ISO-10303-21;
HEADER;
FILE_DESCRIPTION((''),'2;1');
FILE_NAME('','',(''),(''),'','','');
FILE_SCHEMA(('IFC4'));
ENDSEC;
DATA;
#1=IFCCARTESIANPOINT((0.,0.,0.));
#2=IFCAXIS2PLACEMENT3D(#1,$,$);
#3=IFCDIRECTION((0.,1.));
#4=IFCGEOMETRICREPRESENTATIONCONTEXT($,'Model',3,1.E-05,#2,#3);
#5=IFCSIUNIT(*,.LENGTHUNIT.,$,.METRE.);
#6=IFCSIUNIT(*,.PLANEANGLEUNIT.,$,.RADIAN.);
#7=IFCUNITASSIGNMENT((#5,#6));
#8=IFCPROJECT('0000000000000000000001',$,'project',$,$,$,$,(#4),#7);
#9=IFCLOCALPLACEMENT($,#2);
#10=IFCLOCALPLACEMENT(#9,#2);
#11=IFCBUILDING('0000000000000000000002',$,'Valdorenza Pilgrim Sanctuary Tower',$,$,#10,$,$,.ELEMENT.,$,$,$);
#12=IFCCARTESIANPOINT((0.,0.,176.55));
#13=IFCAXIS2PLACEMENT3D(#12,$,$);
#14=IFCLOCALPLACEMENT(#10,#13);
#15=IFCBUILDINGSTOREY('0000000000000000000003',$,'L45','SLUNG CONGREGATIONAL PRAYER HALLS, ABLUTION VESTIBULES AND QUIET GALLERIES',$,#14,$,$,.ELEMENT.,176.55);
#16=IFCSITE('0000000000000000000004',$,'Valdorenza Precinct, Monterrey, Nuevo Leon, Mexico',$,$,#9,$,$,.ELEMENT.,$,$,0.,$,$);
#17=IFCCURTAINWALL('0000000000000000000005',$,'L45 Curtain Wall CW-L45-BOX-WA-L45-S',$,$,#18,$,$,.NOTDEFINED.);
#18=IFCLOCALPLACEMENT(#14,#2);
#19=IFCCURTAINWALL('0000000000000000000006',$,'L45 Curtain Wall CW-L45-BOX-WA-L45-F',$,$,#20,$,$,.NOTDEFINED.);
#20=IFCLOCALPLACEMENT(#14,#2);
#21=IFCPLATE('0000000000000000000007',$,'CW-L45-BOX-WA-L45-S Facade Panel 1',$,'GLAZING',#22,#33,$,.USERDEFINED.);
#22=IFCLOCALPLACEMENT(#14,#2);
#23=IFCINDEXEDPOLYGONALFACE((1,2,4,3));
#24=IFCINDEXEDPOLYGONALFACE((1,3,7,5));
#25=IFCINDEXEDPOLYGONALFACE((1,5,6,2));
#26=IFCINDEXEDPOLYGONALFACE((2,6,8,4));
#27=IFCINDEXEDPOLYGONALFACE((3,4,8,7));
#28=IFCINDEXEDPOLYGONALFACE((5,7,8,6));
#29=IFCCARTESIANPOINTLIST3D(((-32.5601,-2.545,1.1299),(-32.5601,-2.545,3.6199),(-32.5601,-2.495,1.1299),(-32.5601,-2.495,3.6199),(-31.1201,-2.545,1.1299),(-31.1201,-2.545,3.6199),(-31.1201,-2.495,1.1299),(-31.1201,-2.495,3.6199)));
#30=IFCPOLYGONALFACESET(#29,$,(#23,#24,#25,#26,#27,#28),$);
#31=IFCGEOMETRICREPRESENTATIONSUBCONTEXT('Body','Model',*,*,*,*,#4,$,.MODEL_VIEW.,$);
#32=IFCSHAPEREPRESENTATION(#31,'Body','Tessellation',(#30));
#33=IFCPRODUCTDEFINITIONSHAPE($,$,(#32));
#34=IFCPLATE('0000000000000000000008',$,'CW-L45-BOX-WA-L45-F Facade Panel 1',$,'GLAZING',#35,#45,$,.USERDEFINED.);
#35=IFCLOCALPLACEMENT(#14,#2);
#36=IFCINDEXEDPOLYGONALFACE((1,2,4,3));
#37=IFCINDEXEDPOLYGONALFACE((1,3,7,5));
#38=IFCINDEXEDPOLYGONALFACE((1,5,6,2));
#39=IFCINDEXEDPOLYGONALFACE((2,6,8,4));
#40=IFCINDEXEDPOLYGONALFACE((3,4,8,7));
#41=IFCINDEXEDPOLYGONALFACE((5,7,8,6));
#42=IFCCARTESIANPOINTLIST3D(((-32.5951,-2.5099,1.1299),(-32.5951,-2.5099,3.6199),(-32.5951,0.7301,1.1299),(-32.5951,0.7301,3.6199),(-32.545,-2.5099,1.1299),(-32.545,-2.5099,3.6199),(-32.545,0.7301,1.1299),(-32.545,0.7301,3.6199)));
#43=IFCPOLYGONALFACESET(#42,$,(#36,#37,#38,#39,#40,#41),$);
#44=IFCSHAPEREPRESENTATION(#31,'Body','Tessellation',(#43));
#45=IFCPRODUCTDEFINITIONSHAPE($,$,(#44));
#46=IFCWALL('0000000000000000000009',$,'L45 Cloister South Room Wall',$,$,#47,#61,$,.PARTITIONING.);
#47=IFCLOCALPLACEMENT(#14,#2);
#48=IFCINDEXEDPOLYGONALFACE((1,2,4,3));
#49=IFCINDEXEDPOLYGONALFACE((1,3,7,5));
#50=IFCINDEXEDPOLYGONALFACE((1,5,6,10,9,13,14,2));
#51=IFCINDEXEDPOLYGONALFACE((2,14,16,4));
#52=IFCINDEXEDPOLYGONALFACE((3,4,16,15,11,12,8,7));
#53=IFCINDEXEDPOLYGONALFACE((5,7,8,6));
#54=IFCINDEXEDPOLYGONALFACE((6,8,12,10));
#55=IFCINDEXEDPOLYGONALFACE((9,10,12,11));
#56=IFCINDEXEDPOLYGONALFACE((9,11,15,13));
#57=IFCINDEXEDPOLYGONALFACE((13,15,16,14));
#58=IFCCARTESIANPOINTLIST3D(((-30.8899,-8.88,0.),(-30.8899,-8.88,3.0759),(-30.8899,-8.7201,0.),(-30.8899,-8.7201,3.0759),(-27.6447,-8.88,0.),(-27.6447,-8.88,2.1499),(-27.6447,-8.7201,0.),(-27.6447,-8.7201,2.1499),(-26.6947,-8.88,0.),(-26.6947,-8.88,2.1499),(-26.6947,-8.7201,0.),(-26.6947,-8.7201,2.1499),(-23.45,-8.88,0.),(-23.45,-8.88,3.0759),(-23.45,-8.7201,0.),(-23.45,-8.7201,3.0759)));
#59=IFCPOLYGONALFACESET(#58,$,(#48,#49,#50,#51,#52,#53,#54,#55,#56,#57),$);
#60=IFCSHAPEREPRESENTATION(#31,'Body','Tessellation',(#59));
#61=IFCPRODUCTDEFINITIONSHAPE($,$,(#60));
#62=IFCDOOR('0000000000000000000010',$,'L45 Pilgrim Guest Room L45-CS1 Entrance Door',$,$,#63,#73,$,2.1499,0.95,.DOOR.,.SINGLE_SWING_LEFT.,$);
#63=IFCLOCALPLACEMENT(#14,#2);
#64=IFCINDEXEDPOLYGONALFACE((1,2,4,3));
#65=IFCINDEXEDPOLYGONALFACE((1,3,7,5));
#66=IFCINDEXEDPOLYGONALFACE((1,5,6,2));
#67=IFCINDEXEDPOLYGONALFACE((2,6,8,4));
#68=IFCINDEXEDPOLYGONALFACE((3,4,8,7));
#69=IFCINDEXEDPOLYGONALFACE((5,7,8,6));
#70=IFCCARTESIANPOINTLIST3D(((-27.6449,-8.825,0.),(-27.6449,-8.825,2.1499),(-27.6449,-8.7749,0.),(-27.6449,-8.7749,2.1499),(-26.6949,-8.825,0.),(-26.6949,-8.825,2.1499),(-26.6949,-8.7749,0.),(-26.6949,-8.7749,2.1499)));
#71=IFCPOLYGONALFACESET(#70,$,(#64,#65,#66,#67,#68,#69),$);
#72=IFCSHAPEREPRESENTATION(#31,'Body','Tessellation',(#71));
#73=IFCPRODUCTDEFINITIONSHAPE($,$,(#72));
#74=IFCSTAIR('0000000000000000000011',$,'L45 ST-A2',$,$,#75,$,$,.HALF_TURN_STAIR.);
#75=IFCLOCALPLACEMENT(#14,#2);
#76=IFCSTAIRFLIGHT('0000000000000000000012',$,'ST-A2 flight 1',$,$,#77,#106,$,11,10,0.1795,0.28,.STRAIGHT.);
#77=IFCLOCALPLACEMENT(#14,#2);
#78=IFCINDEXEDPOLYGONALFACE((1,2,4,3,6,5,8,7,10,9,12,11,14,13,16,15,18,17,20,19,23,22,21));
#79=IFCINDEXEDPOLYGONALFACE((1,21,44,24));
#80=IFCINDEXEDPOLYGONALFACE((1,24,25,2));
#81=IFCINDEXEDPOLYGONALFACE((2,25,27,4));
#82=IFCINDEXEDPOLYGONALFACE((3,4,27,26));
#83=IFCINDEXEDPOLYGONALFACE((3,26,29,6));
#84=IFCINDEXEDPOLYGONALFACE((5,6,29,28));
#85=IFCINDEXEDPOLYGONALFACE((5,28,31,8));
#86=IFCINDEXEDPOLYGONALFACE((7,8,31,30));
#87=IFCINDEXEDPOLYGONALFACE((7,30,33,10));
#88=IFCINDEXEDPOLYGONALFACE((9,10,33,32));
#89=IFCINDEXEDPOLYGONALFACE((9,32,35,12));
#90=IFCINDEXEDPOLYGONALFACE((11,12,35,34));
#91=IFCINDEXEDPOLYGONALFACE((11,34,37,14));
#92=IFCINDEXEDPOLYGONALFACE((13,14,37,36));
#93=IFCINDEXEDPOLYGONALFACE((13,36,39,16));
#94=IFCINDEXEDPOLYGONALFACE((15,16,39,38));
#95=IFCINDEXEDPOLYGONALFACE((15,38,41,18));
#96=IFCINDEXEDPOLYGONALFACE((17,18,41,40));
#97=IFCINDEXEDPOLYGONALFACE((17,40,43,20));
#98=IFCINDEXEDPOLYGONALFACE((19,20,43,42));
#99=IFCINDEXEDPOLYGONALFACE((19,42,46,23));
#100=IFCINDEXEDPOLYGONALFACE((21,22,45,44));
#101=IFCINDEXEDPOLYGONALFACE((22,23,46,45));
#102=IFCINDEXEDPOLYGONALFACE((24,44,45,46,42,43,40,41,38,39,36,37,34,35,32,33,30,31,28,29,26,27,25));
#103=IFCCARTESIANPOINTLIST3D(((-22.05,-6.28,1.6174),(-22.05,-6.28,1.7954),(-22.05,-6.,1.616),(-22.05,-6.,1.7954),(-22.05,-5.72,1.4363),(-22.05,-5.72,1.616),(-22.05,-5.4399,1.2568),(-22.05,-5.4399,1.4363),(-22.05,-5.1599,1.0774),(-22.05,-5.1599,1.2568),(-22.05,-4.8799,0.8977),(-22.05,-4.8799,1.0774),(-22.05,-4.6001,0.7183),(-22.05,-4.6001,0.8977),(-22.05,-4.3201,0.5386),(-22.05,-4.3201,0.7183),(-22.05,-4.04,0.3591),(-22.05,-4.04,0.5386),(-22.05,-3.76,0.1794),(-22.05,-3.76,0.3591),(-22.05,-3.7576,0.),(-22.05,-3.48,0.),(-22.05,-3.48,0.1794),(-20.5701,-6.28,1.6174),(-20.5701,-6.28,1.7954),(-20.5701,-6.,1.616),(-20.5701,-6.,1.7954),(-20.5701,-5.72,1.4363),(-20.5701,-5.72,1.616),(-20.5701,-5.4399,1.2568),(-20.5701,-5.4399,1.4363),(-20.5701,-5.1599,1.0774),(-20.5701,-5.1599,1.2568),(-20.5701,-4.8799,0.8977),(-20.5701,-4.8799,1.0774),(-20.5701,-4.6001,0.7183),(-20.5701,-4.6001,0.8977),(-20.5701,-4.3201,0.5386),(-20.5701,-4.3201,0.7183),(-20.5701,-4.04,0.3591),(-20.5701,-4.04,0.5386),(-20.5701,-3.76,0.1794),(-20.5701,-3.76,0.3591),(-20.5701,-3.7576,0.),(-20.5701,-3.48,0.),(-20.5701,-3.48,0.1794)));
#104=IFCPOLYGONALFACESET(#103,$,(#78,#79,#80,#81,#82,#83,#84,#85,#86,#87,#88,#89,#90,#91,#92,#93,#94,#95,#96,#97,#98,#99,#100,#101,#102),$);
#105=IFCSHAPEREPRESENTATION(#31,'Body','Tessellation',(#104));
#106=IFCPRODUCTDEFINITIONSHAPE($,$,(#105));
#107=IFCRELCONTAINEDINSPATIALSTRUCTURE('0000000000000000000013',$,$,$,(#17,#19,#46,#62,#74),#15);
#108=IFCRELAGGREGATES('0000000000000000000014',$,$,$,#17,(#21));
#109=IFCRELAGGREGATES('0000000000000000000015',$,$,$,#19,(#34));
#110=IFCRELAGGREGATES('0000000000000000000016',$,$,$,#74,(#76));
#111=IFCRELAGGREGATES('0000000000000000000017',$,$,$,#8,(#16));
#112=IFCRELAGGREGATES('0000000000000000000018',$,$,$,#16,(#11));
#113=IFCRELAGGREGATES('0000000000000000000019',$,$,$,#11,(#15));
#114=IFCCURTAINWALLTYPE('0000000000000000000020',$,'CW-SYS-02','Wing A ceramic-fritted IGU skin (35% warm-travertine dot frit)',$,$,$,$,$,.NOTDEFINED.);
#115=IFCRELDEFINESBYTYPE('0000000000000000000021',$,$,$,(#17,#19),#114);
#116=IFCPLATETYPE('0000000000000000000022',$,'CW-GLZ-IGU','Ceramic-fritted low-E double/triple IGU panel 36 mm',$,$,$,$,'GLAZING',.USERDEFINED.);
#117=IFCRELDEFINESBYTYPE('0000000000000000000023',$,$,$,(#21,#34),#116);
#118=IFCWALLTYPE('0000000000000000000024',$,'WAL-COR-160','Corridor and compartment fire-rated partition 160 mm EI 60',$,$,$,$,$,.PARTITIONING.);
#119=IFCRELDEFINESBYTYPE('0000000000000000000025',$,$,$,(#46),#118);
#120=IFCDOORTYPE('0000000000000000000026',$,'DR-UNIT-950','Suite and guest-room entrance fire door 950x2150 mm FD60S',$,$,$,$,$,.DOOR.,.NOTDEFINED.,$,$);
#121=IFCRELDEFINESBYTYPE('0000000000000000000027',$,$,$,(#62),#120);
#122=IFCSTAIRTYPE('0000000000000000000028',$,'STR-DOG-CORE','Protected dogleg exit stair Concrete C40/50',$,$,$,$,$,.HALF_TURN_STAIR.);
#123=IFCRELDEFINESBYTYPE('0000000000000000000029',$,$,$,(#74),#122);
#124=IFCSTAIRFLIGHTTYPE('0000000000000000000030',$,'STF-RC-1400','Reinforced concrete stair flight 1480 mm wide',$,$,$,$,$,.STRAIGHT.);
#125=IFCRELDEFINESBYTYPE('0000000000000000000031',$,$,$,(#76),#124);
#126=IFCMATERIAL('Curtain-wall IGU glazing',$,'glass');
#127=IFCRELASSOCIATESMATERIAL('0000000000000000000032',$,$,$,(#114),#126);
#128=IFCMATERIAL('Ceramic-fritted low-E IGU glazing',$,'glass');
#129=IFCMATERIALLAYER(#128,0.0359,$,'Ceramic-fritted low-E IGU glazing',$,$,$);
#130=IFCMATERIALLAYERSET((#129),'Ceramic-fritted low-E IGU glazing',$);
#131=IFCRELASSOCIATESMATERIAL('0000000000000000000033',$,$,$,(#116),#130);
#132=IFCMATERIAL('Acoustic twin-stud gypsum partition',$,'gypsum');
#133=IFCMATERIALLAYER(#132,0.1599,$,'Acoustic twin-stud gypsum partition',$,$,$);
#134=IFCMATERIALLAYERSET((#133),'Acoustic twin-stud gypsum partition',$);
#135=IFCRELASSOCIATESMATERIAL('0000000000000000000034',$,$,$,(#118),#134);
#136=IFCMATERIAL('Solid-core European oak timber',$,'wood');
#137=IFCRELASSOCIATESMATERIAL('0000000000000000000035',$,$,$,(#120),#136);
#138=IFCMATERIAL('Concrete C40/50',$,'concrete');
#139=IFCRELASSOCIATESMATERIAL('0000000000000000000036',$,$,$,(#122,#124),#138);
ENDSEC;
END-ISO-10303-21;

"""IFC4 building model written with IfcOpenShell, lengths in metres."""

from ifc_helpers import new_model, si_unit, direction, frame, frame_2d, origin, origin_2d, place, context, subcontext, project, spatial, polyline, rectangle, outline, extrude, source, transform, mapped, material, layer, layer_set, type_object, element, fill, aggregate, save


model = new_model("IFC4")

# Units and contexts
model_context = context("Model", 3, precision=1e-05, world=origin(), true_north=direction((0.0, 1.0)))
body_context = subcontext(model_context, "Body", "Model", "MODEL_VIEW")
ifc_project = project(units=[si_unit("LENGTHUNIT", "METRE"), si_unit("PLANEANGLEUNIT", "RADIAN")], contexts=[model_context])

# Site, building, storey
site_placement = place(None, origin())
site = spatial("IfcSite", under=ifc_project, at=site_placement, Name="Valdorenza Precinct, Monterrey, Nuevo Leon, Mexico", CompositionType="ELEMENT", RefElevation=0.0)
building_placement = place(site_placement, origin())
building = spatial("IfcBuilding", under=site, at=building_placement, Name="Valdorenza Pilgrim Sanctuary Tower", CompositionType="ELEMENT")
storey_placement = place(building_placement, frame((0.0, 0.0, 176.55)))
storey = spatial("IfcBuildingStorey", under=building, at=storey_placement, Name="L45", Description="SLUNG CONGREGATIONAL PRAYER HALLS, ABLUTION VESTIBULES AND QUIET GALLERIES", CompositionType="ELEMENT", Elevation=176.55)

# Curtain walls
ifc_material_1 = material(Name="Curtain-wall IGU glazing", Category="glass")
curtain_wall_type = type_object("IfcCurtainWallType", Name="CW-SYS-02", Description="Wing A ceramic-fritted IGU skin (35% warm-travertine dot frit)", PredefinedType="NOTDEFINED", material=ifc_material_1)
curtain_wall_1_placement = place(storey_placement, origin())
curtain_wall_1 = element("IfcCurtainWall", 1, at=curtain_wall_1_placement, inside=storey, type_object=curtain_wall_type, Name="L45 Curtain Wall CW-L45-BOX-WA-L45-S", PredefinedType="NOTDEFINED")
curtain_wall_2_placement = place(storey_placement, origin())
curtain_wall_2 = element("IfcCurtainWall", 2, at=curtain_wall_2_placement, inside=storey, type_object=curtain_wall_type, Name="L45 Curtain Wall CW-L45-BOX-WA-L45-F", PredefinedType="NOTDEFINED")

# Plates
ifc_material_2 = material(Name="Ceramic-fritted low-E IGU glazing", Category="glass")
ifc_layer_1 = layer(ifc_material_2, 0.0359, Name="Ceramic-fritted low-E IGU glazing")
ifc_layer_set_1 = layer_set([ifc_layer_1], Name="Ceramic-fritted low-E IGU glazing")
plate_type_1 = type_object("IfcPlateType", Name="CW-GLZ-IGU", Description="Ceramic-fritted low-E double/triple IGU panel 36 mm", ElementType="GLAZING", PredefinedType="USERDEFINED", material=ifc_layer_set_1)
shared_shape_1 = source(origin(), body_context, "Body", "SweptSolid", [
    extrude(rectangle(XDim=1.4399, YDim=0.05, at=origin_2d()), origin(), (0.0, 0.0, 1.0), 2.49),
])
plate_1_placement = place(storey_placement, frame((-31.8401, -2.52, 1.1299), z_axis=(0.0, 0.0, 1.0), x_axis=(-1.0, 0.0, 0.0)))
plate_1 = element("IfcPlate", 3, at=plate_1_placement, type_object=plate_type_1, Name="CW-L45-BOX-WA-L45-S Facade Panel 1", ObjectType="GLAZING", PredefinedType="USERDEFINED", context=body_context, shape_type="MappedRepresentation", body=[
    mapped(shared_shape_1, transform((0.0, 0.0, 0.0), x_axis=(1.0, 0.0, 0.0), y_axis=(0.0, 1.0, 0.0), z_axis=(0.0, 0.0, 1.0), scale=1.0)),
])
aggregate(curtain_wall_1, [plate_1])
shared_shape_2 = source(origin(), body_context, "Body", "SweptSolid", [
    extrude(rectangle(XDim=3.24, YDim=0.05, at=origin_2d()), origin(), (0.0, 0.0, 1.0), 2.49),
])
plate_2_placement = place(storey_placement, frame((-32.5701, -0.8899, 1.1299), z_axis=(0.0, 0.0, 1.0), x_axis=(0.0, 1.0, 0.0)))
plate_2 = element("IfcPlate", 4, at=plate_2_placement, type_object=plate_type_1, Name="CW-L45-BOX-WA-L45-F Facade Panel 1", ObjectType="GLAZING", PredefinedType="USERDEFINED", context=body_context, shape_type="MappedRepresentation", body=[
    mapped(shared_shape_2, transform((0.0, 0.0, 0.0), x_axis=(1.0, 0.0, 0.0), y_axis=(0.0, 1.0, 0.0), z_axis=(0.0, 0.0, 1.0), scale=1.0)),
])
aggregate(curtain_wall_2, [plate_2])

# Wall, opening, door
ifc_material_3 = material(Name="Acoustic twin-stud gypsum partition", Category="gypsum")
ifc_layer_2 = layer(ifc_material_3, 0.1599, Name="Acoustic twin-stud gypsum partition")
ifc_layer_set_2 = layer_set([ifc_layer_2], Name="Acoustic twin-stud gypsum partition")
wall_type_1 = type_object("IfcWallType", Name="WAL-COR-160", Description="Corridor and compartment fire-rated partition 160 mm EI 60", PredefinedType="PARTITIONING", material=ifc_layer_set_2)
wall_1_placement = place(storey_placement, frame((-30.8899, -8.8, 0.0), z_axis=(0.0, 0.0, 1.0), x_axis=(1.0, 0.0, 0.0)))
wall_1 = element("IfcWall", 5, at=wall_1_placement, inside=storey, type_object=wall_type_1, Name="L45 Cloister South Room Wall", PredefinedType="PARTITIONING", context=body_context, shape_type="SweptSolid", body=[
    extrude(rectangle(XDim=7.4399, YDim=0.1599, at=frame_2d((3.72, 0.0))), origin(), (0.0, 0.0, 1.0), 3.0759),
])
opening_1_placement = place(wall_1_placement, frame((3.2451, 0.0, 0.0)))
opening_1 = element("IfcOpeningElement", 6, at=opening_1_placement, cuts=wall_1, PredefinedType="OPENING", context=body_context, shape_type="SweptSolid", body=[
    extrude(rectangle(XDim=0.95, YDim=2.1499, at=frame_2d((0.4751, 1.075))), frame((0.0, 0.0947, 0.0), z_axis=(0.0, -1.0, 0.0), x_axis=(1.0, 0.0, 0.0)), (0.0, 0.0, 1.0), 0.1897),
])
ifc_material_4 = material(Name="Solid-core European oak timber", Category="wood")
door_type_1 = type_object("IfcDoorType", Name="DR-UNIT-950", Description="Suite and guest-room entrance fire door 950x2150 mm FD60S", OperationType="NOTDEFINED", PredefinedType="DOOR", material=ifc_material_4)
door_1_placement = place(opening_1_placement, frame((0.95, 0.0, 0.0), z_axis=(0.0, 0.0, 1.0), x_axis=(-1.0, 0.0, 0.0)))
door_1 = element("IfcDoor", 7, at=door_1_placement, inside=storey, type_object=door_type_1, Name="L45 Pilgrim Guest Room L45-CS1 Entrance Door", OperationType="SINGLE_SWING_LEFT", OverallHeight=2.1499, OverallWidth=0.95, PredefinedType="DOOR", context=body_context, shape_type="SweptSolid", body=[
    extrude(rectangle(XDim=0.95, YDim=2.1499, at=frame_2d((0.4751, 1.075))), frame((0.0, 0.0249, 0.0), z_axis=(0.0, -1.0, 0.0), x_axis=(1.0, 0.0, 0.0)), (0.0, 0.0, 1.0), 0.05),
])
fill(opening_1, door_1)
ifc_material_5 = material(Name="Concrete C40/50", Category="concrete")

# Stair, stair flight
stair_type = type_object("IfcStairType", Name="STR-DOG-CORE", Description="Protected dogleg exit stair Concrete C40/50", PredefinedType="HALF_TURN_STAIR", material=ifc_material_5)
stair_placement = place(storey_placement, origin())
stair = element("IfcStair", 8, at=stair_placement, inside=storey, type_object=stair_type, Name="L45 ST-A2", PredefinedType="HALF_TURN_STAIR")
stair_flight_type = type_object("IfcStairFlightType", Name="STF-RC-1400", Description="Reinforced concrete stair flight 1480 mm wide", PredefinedType="STRAIGHT", material=ifc_material_5)
stair_flight_placement = place(storey_placement, frame((-21.3101, -3.48, 0.0), z_axis=(0.0, 0.0, 1.0), x_axis=(0.0, -1.0, 0.0)))
stair_flight = element("IfcStairFlight", 9, at=stair_flight_placement, type_object=stair_flight_type, Name="ST-A2 flight 1", NumberOfRisers=11, NumberOfTreads=10, PredefinedType="STRAIGHT", RiserHeight=0.1795, TreadLength=0.28, context=body_context, shape_type="SweptSolid", body=[
    extrude(outline(polyline([(0.0, 0.0), (0.0, 0.1794), (0.28, 0.1794), (0.28, 0.3591), (0.5601, 0.3591), (0.5601, 0.5386), (0.8401, 0.5386), (0.8401, 0.7183), (1.1201, 0.7183), (1.1201, 0.8977), (1.3999, 0.8977), (1.3999, 1.0774), (1.6799, 1.0774), (1.6799, 1.2568), (1.96, 1.2568), (1.96, 1.4363), (2.24, 1.4363), (2.24, 1.616), (2.52, 1.616), (2.52, 1.7954), (2.8, 1.7954), (2.8, 1.9751), (2.8, 1.6174), (0.2776, 0.0), (0.0, 0.0)])), frame((0.0, 0.74, 0.0), z_axis=(0.0, -1.0, 0.0), x_axis=(1.0, 0.0, 0.0)), (0.0, 0.0, 1.0), 1.48),
])
aggregate(stair, [stair_flight])

save(model, "model.ifc")
